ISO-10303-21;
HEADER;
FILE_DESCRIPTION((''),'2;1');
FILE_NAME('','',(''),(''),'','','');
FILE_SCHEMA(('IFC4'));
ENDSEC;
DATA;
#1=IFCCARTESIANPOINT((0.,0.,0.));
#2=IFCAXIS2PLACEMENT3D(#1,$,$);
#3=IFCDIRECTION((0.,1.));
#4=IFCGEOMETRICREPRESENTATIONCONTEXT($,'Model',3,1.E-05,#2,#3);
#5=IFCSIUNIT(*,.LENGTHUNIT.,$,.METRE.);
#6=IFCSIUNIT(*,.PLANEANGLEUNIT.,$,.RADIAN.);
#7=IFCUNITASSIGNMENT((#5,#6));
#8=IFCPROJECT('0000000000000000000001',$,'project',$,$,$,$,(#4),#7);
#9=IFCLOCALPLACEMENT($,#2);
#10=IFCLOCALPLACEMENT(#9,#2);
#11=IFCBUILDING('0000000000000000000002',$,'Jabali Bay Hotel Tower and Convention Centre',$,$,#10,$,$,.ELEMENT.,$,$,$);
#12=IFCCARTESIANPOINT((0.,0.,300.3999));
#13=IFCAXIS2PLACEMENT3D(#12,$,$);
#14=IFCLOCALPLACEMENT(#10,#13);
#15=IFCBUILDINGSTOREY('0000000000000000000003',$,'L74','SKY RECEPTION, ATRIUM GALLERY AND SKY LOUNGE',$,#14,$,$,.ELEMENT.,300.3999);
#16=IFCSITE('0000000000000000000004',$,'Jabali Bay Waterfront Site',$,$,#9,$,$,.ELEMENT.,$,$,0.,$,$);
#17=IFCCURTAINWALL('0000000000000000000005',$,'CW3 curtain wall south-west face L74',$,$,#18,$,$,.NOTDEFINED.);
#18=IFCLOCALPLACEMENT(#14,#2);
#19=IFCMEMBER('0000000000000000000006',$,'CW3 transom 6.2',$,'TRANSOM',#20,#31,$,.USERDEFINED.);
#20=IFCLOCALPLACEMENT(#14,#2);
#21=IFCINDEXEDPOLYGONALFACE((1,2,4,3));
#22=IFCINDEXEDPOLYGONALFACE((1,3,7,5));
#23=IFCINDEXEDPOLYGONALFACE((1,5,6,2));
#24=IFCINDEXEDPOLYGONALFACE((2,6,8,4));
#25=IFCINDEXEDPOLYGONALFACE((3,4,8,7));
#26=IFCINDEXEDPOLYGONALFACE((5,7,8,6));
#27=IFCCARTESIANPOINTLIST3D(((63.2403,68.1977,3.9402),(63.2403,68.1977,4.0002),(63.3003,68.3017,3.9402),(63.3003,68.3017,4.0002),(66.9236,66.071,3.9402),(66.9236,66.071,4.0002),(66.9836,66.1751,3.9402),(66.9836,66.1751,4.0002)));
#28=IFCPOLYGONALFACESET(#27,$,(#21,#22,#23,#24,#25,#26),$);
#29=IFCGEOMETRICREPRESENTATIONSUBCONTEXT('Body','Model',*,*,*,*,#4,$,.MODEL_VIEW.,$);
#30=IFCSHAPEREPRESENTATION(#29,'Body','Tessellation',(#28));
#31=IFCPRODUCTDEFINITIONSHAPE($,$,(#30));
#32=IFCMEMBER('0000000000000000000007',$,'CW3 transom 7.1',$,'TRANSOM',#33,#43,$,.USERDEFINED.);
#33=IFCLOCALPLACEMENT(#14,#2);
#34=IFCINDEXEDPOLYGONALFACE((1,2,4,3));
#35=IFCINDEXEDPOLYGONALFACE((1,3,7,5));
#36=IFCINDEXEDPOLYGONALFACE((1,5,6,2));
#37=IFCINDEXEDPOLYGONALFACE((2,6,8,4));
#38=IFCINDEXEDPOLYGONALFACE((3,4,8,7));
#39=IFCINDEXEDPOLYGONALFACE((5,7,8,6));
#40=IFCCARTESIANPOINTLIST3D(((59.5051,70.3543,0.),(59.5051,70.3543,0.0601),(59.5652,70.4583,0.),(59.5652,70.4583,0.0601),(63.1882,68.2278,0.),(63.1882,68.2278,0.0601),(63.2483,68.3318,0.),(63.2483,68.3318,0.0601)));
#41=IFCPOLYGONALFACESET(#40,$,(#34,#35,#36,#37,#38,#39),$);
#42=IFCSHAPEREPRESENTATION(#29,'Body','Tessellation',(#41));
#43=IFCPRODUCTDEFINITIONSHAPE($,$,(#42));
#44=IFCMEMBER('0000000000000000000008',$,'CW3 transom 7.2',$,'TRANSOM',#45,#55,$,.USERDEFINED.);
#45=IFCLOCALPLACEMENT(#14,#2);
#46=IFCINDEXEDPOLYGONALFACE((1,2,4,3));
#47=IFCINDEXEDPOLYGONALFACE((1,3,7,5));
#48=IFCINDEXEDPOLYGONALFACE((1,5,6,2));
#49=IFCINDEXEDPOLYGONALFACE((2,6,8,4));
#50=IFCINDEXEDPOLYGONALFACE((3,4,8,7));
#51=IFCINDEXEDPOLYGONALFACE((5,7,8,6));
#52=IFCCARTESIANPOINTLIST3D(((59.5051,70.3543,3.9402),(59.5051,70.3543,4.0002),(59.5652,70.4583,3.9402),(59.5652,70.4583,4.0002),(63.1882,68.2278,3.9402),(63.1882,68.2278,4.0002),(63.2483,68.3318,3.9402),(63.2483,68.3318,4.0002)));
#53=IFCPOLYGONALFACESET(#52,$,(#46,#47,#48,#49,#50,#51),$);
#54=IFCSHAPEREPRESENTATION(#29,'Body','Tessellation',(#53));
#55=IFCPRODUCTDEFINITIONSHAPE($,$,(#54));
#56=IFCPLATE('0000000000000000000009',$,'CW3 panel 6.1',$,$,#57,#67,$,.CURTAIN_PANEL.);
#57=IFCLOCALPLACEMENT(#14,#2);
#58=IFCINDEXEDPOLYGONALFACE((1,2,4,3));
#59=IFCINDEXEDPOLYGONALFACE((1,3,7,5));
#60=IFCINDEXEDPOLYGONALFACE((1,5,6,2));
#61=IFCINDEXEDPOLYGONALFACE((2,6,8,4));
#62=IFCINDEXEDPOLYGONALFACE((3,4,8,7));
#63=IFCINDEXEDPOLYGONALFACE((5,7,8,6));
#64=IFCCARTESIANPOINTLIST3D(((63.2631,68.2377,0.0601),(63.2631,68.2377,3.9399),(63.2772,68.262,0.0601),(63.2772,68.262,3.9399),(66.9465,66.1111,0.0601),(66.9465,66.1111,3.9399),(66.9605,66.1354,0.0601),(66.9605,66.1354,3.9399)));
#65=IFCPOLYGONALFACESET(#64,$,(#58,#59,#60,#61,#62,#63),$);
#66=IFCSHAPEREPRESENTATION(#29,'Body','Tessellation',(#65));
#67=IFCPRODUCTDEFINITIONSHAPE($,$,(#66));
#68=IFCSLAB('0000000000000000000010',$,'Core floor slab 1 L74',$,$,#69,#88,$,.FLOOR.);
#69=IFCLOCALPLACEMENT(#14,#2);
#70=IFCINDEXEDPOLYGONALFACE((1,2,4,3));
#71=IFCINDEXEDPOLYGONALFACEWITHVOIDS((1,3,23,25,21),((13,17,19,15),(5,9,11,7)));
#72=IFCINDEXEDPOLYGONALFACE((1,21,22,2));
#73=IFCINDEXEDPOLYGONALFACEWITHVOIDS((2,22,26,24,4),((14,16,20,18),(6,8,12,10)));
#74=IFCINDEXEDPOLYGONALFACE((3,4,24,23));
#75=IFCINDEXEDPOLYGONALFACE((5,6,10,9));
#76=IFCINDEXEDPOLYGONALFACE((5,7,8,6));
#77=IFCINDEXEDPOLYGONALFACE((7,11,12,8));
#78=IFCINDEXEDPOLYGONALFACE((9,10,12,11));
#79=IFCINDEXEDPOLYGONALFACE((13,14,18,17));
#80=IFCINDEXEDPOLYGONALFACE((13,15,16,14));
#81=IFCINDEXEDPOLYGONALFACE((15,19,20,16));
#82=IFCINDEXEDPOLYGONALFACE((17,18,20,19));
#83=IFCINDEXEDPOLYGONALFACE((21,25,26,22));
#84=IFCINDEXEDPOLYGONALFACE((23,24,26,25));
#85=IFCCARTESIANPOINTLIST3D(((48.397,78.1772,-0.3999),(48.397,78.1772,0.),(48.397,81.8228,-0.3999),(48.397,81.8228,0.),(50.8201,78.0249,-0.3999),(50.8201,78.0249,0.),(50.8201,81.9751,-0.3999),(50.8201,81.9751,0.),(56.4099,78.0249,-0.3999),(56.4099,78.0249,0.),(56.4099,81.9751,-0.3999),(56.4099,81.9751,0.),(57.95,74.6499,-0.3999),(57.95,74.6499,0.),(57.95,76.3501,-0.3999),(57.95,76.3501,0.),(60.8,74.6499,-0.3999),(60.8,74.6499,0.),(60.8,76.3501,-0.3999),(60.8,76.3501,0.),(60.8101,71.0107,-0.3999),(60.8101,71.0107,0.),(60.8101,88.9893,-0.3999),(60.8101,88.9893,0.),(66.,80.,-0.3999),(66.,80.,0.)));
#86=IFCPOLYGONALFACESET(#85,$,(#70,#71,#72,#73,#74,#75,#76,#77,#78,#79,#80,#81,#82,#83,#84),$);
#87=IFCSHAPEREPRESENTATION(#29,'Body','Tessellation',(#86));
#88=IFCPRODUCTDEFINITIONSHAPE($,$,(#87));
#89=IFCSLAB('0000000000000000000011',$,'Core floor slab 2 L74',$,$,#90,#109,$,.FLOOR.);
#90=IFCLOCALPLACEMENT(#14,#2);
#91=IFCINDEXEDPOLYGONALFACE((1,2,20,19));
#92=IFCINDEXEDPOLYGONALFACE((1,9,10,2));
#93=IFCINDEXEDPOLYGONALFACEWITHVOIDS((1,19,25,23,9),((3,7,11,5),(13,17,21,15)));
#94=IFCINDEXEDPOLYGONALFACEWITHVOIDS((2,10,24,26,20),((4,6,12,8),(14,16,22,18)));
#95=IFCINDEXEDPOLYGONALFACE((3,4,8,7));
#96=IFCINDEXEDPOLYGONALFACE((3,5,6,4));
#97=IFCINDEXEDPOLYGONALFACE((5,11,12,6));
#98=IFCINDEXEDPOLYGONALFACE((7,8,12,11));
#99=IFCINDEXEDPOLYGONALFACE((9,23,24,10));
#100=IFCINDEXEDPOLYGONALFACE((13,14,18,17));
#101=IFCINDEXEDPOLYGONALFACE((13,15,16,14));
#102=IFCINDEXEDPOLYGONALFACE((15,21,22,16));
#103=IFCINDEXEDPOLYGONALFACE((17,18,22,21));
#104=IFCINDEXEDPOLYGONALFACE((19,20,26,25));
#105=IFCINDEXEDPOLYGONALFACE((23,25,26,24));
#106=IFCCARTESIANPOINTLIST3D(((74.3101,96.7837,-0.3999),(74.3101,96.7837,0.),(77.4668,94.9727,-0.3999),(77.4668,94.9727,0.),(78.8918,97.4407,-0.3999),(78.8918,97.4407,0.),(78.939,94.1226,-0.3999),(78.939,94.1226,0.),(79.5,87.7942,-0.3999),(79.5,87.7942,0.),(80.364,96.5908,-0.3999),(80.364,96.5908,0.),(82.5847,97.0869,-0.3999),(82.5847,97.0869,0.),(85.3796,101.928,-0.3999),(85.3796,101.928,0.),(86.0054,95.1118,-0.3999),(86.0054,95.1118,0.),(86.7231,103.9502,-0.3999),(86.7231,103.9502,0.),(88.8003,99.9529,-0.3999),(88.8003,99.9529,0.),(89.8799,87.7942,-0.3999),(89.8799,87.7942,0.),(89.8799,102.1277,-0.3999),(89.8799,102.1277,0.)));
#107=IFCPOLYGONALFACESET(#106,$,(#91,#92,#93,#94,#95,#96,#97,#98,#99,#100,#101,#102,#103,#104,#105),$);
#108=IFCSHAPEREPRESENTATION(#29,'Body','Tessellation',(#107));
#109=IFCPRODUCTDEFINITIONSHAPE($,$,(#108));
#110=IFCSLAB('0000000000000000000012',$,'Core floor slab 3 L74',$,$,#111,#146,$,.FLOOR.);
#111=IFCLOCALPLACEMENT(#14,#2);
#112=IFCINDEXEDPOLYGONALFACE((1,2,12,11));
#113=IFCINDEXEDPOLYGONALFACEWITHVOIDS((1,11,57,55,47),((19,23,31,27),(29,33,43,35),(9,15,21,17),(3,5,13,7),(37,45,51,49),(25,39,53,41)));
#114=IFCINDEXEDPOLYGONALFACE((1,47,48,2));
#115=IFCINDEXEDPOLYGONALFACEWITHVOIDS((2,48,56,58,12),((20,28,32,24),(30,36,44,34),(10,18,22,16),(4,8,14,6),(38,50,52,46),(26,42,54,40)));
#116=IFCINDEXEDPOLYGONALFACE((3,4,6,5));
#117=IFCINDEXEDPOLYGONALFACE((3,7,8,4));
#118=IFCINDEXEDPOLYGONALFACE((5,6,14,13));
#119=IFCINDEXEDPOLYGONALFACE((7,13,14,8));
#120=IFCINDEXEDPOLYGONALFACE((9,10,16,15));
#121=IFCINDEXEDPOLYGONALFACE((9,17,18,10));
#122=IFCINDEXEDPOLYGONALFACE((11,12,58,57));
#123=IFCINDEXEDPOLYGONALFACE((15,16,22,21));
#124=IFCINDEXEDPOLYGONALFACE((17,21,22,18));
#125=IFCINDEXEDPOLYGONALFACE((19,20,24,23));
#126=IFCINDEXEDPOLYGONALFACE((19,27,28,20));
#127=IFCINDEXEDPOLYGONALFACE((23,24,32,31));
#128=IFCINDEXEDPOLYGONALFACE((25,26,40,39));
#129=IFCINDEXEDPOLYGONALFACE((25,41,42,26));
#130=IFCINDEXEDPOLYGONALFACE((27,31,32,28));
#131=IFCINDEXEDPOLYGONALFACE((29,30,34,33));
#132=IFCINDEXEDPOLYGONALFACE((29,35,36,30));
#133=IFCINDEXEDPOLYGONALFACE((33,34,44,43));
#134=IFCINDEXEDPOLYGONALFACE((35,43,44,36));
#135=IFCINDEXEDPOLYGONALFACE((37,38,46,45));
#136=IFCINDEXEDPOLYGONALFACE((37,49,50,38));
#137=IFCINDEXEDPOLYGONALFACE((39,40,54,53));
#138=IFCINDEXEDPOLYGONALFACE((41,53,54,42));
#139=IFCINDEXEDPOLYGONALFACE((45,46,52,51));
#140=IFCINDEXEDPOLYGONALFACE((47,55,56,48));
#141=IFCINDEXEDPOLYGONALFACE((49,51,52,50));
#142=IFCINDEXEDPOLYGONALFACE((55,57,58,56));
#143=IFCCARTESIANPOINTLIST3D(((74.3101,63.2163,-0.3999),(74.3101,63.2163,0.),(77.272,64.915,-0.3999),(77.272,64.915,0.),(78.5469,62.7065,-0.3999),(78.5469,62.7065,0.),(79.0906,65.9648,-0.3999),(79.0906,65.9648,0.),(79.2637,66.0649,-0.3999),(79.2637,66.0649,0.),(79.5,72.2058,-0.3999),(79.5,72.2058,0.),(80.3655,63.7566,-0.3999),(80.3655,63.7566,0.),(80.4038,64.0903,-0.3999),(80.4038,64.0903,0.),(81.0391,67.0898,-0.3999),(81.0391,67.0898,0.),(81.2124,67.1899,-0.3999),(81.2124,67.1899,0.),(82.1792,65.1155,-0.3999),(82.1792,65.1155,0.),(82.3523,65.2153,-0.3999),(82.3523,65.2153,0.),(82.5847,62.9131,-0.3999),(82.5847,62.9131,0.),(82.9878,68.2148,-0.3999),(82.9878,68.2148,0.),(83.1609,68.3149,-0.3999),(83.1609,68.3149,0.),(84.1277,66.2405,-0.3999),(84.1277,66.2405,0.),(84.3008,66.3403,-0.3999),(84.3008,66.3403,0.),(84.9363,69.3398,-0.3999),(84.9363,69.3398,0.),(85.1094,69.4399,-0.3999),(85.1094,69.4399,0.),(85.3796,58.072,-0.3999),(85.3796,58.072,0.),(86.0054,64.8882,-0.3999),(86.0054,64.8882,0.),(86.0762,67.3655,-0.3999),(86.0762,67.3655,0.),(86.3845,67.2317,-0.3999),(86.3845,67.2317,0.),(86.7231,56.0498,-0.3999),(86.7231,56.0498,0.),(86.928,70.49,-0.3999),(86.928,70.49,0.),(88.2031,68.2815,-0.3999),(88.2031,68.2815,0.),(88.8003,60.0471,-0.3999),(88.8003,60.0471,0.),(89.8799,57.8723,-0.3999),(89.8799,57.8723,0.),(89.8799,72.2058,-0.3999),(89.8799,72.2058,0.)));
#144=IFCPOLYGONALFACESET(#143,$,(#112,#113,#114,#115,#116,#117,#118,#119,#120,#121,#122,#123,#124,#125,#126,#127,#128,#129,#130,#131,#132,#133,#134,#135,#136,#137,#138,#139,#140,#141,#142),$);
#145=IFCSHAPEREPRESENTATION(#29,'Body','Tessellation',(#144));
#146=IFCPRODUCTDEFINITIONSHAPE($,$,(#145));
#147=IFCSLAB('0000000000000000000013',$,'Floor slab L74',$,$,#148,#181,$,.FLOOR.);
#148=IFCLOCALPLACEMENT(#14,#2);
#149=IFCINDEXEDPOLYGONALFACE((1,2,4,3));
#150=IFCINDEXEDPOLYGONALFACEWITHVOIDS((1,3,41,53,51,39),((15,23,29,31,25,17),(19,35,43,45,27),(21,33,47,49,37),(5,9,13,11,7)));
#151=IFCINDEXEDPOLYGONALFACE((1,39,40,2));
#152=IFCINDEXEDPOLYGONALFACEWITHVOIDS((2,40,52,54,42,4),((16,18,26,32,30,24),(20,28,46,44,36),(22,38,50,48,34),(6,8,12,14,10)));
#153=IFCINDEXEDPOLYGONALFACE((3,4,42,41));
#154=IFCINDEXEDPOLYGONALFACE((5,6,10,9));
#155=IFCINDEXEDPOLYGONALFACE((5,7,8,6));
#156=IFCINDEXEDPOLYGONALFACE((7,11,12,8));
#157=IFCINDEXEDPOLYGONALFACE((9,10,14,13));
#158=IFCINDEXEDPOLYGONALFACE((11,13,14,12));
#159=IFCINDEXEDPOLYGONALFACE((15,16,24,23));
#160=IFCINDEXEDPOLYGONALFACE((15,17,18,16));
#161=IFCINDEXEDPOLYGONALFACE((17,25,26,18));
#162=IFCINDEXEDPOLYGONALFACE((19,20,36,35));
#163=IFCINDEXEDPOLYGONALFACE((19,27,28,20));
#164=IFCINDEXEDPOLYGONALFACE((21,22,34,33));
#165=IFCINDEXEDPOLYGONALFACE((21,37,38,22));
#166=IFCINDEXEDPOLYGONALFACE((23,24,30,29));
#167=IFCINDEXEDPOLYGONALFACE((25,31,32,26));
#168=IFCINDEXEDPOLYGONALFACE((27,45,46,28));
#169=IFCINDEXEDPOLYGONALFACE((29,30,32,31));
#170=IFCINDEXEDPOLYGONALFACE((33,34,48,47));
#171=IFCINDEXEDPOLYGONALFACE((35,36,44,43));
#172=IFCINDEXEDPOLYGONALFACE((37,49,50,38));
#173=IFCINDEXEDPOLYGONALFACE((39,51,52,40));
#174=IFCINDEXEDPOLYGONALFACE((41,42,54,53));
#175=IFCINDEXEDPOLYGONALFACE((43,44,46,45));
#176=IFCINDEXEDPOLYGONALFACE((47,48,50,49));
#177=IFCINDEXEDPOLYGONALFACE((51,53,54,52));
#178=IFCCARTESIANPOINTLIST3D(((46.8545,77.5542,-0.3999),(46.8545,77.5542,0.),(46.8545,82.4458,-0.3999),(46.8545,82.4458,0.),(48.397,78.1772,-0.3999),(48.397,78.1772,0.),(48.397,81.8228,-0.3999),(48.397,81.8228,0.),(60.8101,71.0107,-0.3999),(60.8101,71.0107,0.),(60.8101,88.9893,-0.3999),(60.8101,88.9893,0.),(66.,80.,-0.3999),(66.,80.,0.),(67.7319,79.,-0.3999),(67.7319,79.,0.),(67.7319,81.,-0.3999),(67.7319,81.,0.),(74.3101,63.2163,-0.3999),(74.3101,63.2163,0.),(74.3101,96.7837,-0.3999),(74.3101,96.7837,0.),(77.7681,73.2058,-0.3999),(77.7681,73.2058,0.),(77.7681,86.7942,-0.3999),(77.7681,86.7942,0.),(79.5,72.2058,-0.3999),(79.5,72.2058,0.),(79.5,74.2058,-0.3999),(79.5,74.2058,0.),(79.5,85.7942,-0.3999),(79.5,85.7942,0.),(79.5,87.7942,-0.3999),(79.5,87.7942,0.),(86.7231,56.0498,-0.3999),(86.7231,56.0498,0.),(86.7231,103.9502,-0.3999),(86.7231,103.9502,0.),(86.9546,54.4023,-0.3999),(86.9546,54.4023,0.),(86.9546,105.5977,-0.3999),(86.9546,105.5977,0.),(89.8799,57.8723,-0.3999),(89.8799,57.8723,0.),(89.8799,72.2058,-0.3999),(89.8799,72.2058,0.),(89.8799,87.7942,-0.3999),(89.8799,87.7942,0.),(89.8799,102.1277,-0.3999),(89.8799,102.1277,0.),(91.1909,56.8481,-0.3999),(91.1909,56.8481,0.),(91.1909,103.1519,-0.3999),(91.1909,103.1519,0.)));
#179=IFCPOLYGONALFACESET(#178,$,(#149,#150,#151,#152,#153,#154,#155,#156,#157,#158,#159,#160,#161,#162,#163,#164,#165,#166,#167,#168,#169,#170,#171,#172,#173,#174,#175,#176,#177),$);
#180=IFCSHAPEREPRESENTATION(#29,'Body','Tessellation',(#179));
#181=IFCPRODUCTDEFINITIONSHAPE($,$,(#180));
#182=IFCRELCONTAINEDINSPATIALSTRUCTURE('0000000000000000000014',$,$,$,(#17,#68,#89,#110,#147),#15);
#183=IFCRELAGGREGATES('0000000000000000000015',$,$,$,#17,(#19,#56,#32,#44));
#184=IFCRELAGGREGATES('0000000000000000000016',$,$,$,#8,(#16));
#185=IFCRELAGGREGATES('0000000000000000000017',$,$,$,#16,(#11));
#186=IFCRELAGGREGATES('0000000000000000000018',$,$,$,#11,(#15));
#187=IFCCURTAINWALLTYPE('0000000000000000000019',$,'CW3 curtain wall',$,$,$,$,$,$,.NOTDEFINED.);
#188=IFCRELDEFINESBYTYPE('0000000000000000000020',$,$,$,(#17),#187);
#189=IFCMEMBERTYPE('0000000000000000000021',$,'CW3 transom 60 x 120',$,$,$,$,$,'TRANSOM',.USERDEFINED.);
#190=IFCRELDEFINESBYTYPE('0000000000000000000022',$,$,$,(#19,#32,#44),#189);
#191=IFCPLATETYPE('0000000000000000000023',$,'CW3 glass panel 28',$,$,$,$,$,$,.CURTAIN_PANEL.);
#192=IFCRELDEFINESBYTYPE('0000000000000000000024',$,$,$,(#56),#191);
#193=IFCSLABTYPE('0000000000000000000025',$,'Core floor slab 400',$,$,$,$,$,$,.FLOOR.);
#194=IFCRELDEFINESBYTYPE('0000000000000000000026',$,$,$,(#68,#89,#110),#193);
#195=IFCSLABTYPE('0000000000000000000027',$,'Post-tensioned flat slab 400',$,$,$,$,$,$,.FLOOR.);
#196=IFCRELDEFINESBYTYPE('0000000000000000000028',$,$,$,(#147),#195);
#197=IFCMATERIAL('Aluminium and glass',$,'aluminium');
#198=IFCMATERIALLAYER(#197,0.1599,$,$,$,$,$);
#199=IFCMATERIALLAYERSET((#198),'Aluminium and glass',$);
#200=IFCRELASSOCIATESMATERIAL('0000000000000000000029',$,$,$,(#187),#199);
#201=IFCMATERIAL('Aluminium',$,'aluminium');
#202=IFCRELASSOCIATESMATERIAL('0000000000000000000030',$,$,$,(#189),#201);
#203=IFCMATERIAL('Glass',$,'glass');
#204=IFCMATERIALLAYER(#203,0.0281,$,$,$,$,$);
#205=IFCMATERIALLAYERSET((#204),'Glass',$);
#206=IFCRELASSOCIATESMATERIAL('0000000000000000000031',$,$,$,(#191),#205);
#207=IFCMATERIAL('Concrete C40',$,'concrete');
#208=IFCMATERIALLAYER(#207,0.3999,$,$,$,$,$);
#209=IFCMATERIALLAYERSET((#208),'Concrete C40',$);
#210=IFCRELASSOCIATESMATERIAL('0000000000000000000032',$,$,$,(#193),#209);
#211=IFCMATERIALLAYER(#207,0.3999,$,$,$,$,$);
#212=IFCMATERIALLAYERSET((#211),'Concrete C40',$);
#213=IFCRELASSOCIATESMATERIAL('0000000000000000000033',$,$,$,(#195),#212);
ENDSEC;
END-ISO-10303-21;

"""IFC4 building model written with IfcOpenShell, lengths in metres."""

from ifc_helpers import new_model, si_unit, direction, frame, origin, origin_2d, place, context, subcontext, project, spatial, polyline, rectangle, outline, extrude, material, layer, layer_set, material_profile, profile_set, type_object, element, aggregate, save


model = new_model("IFC4")

# Units and contexts
model_context = context("Model", 3, precision=1e-05, world=origin(), true_north=direction((0.0, 1.0)))
body_context = subcontext(model_context, "Body", "Model", "MODEL_VIEW")
ifc_project = project(units=[si_unit("LENGTHUNIT", "METRE"), si_unit("PLANEANGLEUNIT", "RADIAN")], contexts=[model_context])

# Site, building, storey
site_placement = place(None, origin())
site = spatial("IfcSite", under=ifc_project, at=site_placement, Name="Jabali Bay Waterfront Site", CompositionType="ELEMENT", RefElevation=0.0)
building_placement = place(site_placement, origin())
building = spatial("IfcBuilding", under=site, at=building_placement, Name="Jabali Bay Hotel Tower and Convention Centre", CompositionType="ELEMENT")
storey_placement = place(building_placement, frame((0.0, 0.0, 300.3999)))
storey = spatial("IfcBuildingStorey", under=building, at=storey_placement, Name="L74", Description="SKY RECEPTION, ATRIUM GALLERY AND SKY LOUNGE", CompositionType="ELEMENT", Elevation=300.3999)

# Curtain wall, members, plate
ifc_material_1 = material(Name="Aluminium and glass", Category="aluminium")
ifc_layer_1 = layer(ifc_material_1, 0.1599)
ifc_layer_set_1 = layer_set([ifc_layer_1], Name="Aluminium and glass")
curtain_wall_type = type_object("IfcCurtainWallType", Name="CW3 curtain wall", PredefinedType="NOTDEFINED", material=ifc_layer_set_1)
curtain_wall_placement = place(storey_placement, origin())
curtain_wall = element("IfcCurtainWall", 1, at=curtain_wall_placement, inside=storey, type_object=curtain_wall_type, Name="CW3 curtain wall south-west face L74", PredefinedType="NOTDEFINED")
ifc_material_2 = material(Name="Aluminium", Category="aluminium")
ifc_material_profile_1 = material_profile(ifc_material_2, rectangle(XDim=0.1201, YDim=0.0601, at=origin_2d()), Name="CW3 transom 60 x 120")
ifc_profile_set_1 = profile_set([ifc_material_profile_1], Name="Aluminium")
member_type_1 = type_object("IfcMemberType", Name="CW3 transom 60 x 120", ElementType="TRANSOM", PredefinedType="USERDEFINED", material=ifc_profile_set_1)
member_1_placement = place(storey_placement, frame((66.9536, 66.123, 3.9702), z_axis=(-0.866013, 0.500022, 0.0), x_axis=(-0.500022, -0.866013, 0.0)))
member_1 = element("IfcMember", 2, at=member_1_placement, type_object=member_type_1, Name="CW3 transom 6.2", ObjectType="TRANSOM", PredefinedType="USERDEFINED", context=body_context, shape_type="SweptSolid", body=[
    extrude(rectangle(XDim=0.1201, YDim=0.0601, at=origin_2d()), origin(), (0.0, 0.0, 1.0), 4.2532),
])
member_2_placement = place(storey_placement, frame((63.2183, 68.2798, 0.03), z_axis=(-0.866023, 0.500004, 0.0), x_axis=(-0.500004, -0.866023, 0.0)))
member_2 = element("IfcMember", 3, at=member_2_placement, type_object=member_type_1, Name="CW3 transom 7.1", ObjectType="TRANSOM", PredefinedType="USERDEFINED", context=body_context, shape_type="SweptSolid", body=[
    extrude(rectangle(XDim=0.1201, YDim=0.0601, at=origin_2d()), origin(), (0.0, 0.0, 1.0), 4.2529),
])
member_3_placement = place(storey_placement, frame((63.2183, 68.2798, 3.9702), z_axis=(-0.866023, 0.500004, 0.0), x_axis=(-0.500004, -0.866023, 0.0)))
member_3 = element("IfcMember", 4, at=member_3_placement, type_object=member_type_1, Name="CW3 transom 7.2", ObjectType="TRANSOM", PredefinedType="USERDEFINED", context=body_context, shape_type="SweptSolid", body=[
    extrude(rectangle(XDim=0.1201, YDim=0.0601, at=origin_2d()), origin(), (0.0, 0.0, 1.0), 4.2529),
])
ifc_material_3 = material(Name="Glass", Category="glass")
ifc_layer_2 = layer(ifc_material_3, 0.0281)
ifc_layer_set_2 = layer_set([ifc_layer_2], Name="Glass")
plate_type = type_object("IfcPlateType", Name="CW3 glass panel 28", PredefinedType="CURTAIN_PANEL", material=ifc_layer_set_2)
plate_placement = place(storey_placement, frame((65.1118, 67.1865, 0.0601), z_axis=(0.0, 0.0, 1.0), x_axis=(-0.866025, 0.5, 0.0)))
plate = element("IfcPlate", 5, at=plate_placement, type_object=plate_type, Name="CW3 panel 6.1", PredefinedType="CURTAIN_PANEL", context=body_context, shape_type="SweptSolid", body=[
    extrude(rectangle(XDim=4.2532, YDim=0.0281, at=origin_2d()), origin(), (0.0, 0.0, 1.0), 3.8799),
])
aggregate(curtain_wall, [member_1, plate, member_2, member_3])

# Slabs
ifc_material_4 = material(Name="Concrete C40", Category="concrete")
ifc_layer_3 = layer(ifc_material_4, 0.3999)
ifc_layer_set_3 = layer_set([ifc_layer_3], Name="Concrete C40")
slab_type_1 = type_object("IfcSlabType", Name="Core floor slab 400", PredefinedType="FLOOR", material=ifc_layer_set_3)
slab_1_placement = place(storey_placement, frame((0.0, 0.0, -0.3999)))
element("IfcSlab", 6, at=slab_1_placement, inside=storey, type_object=slab_type_1, Name="Core floor slab 1 L74", PredefinedType="FLOOR", context=body_context, shape_type="SweptSolid", body=[
    extrude(outline(polyline([(66.0, 80.0), (60.8101, 88.9893), (48.397, 81.8228), (48.397, 78.1772), (60.8101, 71.0107), (66.0, 80.0)]), holes=[polyline([(60.8, 76.3501), (57.95, 76.3501), (57.95, 74.6499), (60.8, 74.6499), (60.8, 76.3501)]), polyline([(50.8201, 81.9751), (50.8201, 78.0249), (56.4099, 78.0249), (56.4099, 81.9751), (50.8201, 81.9751)])]), origin(), (0.0, 0.0, 1.0), 0.3999),
])
slab_2_placement = place(storey_placement, frame((0.0, 0.0, -0.3999)))
element("IfcSlab", 7, at=slab_2_placement, inside=storey, type_object=slab_type_1, Name="Core floor slab 2 L74", PredefinedType="FLOOR", context=body_context, shape_type="SweptSolid", body=[
    extrude(outline(polyline([(79.5, 87.7942), (89.8799, 87.7942), (89.8799, 102.1277), (86.7231, 103.9502), (74.3101, 96.7837), (79.5, 87.7942)]), holes=[polyline([(78.939, 94.1226), (80.364, 96.5908), (78.8918, 97.4407), (77.4668, 94.9727), (78.939, 94.1226)]), polyline([(88.8003, 99.9529), (85.3796, 101.928), (82.5847, 97.0869), (86.0054, 95.1118), (88.8003, 99.9529)])]), origin(), (0.0, 0.0, 1.0), 0.3999),
])
slab_3_placement = place(storey_placement, frame((0.0, 0.0, -0.3999)))
element("IfcSlab", 8, at=slab_3_placement, inside=storey, type_object=slab_type_1, Name="Core floor slab 3 L74", PredefinedType="FLOOR", context=body_context, shape_type="SweptSolid", body=[
    extrude(outline(polyline([(79.5, 72.2058), (74.3101, 63.2163), (86.7231, 56.0498), (89.8799, 57.8723), (89.8799, 72.2058), (79.5, 72.2058)]), holes=[polyline([(82.5847, 62.9131), (85.3796, 58.072), (88.8003, 60.0471), (86.0054, 64.8882), (82.5847, 62.9131)]), polyline([(80.3655, 63.7566), (79.0906, 65.9648), (77.272, 64.915), (78.5469, 62.7065), (80.3655, 63.7566)]), polyline([(82.1792, 65.1155), (81.0391, 67.0898), (79.2637, 66.0649), (80.4038, 64.0903), (82.1792, 65.1155)]), polyline([(82.9878, 68.2148), (81.2124, 67.1899), (82.3523, 65.2153), (84.1277, 66.2405), (82.9878, 68.2148)]), polyline([(86.0762, 67.3655), (84.9363, 69.3398), (83.1609, 68.3149), (84.3008, 66.3403), (86.0762, 67.3655)]), polyline([(88.2031, 68.2815), (86.928, 70.49), (85.1094, 69.4399), (86.3845, 67.2317), (88.2031, 68.2815)])]), origin(), (0.0, 0.0, 1.0), 0.3999),
])
ifc_layer_4 = layer(ifc_material_4, 0.3999)
ifc_layer_set_4 = layer_set([ifc_layer_4], Name="Concrete C40")
slab_type_2 = type_object("IfcSlabType", Name="Post-tensioned flat slab 400", PredefinedType="FLOOR", material=ifc_layer_set_4)
slab_4_placement = place(storey_placement, frame((0.0, 0.0, -0.3999)))
element("IfcSlab", 9, at=slab_4_placement, inside=storey, type_object=slab_type_2, Name="Floor slab L74", PredefinedType="FLOOR", context=body_context, shape_type="SweptSolid", body=[
    extrude(outline(polyline([(86.9546, 105.5977), (91.1909, 103.1519), (91.1909, 56.8481), (86.9546, 54.4023), (46.8545, 77.5542), (46.8545, 82.4458), (86.9546, 105.5977)]), holes=[polyline([(67.7319, 79.0), (77.7681, 73.2058), (79.5, 74.2058), (79.5, 85.7942), (77.7681, 86.7942), (67.7319, 81.0), (67.7319, 79.0)]), polyline([(48.397, 78.1772), (60.8101, 71.0107), (66.0, 80.0), (60.8101, 88.9893), (48.397, 81.8228), (48.397, 78.1772)]), polyline([(89.8799, 102.1277), (86.7231, 103.9502), (74.3101, 96.7837), (79.5, 87.7942), (89.8799, 87.7942), (89.8799, 102.1277)]), polyline([(74.3101, 63.2163), (86.7231, 56.0498), (89.8799, 57.8723), (89.8799, 72.2058), (79.5, 72.2058), (74.3101, 63.2163)])]), origin(), (0.0, 0.0, 1.0), 0.3999),
])

save(model, "model.ifc")
